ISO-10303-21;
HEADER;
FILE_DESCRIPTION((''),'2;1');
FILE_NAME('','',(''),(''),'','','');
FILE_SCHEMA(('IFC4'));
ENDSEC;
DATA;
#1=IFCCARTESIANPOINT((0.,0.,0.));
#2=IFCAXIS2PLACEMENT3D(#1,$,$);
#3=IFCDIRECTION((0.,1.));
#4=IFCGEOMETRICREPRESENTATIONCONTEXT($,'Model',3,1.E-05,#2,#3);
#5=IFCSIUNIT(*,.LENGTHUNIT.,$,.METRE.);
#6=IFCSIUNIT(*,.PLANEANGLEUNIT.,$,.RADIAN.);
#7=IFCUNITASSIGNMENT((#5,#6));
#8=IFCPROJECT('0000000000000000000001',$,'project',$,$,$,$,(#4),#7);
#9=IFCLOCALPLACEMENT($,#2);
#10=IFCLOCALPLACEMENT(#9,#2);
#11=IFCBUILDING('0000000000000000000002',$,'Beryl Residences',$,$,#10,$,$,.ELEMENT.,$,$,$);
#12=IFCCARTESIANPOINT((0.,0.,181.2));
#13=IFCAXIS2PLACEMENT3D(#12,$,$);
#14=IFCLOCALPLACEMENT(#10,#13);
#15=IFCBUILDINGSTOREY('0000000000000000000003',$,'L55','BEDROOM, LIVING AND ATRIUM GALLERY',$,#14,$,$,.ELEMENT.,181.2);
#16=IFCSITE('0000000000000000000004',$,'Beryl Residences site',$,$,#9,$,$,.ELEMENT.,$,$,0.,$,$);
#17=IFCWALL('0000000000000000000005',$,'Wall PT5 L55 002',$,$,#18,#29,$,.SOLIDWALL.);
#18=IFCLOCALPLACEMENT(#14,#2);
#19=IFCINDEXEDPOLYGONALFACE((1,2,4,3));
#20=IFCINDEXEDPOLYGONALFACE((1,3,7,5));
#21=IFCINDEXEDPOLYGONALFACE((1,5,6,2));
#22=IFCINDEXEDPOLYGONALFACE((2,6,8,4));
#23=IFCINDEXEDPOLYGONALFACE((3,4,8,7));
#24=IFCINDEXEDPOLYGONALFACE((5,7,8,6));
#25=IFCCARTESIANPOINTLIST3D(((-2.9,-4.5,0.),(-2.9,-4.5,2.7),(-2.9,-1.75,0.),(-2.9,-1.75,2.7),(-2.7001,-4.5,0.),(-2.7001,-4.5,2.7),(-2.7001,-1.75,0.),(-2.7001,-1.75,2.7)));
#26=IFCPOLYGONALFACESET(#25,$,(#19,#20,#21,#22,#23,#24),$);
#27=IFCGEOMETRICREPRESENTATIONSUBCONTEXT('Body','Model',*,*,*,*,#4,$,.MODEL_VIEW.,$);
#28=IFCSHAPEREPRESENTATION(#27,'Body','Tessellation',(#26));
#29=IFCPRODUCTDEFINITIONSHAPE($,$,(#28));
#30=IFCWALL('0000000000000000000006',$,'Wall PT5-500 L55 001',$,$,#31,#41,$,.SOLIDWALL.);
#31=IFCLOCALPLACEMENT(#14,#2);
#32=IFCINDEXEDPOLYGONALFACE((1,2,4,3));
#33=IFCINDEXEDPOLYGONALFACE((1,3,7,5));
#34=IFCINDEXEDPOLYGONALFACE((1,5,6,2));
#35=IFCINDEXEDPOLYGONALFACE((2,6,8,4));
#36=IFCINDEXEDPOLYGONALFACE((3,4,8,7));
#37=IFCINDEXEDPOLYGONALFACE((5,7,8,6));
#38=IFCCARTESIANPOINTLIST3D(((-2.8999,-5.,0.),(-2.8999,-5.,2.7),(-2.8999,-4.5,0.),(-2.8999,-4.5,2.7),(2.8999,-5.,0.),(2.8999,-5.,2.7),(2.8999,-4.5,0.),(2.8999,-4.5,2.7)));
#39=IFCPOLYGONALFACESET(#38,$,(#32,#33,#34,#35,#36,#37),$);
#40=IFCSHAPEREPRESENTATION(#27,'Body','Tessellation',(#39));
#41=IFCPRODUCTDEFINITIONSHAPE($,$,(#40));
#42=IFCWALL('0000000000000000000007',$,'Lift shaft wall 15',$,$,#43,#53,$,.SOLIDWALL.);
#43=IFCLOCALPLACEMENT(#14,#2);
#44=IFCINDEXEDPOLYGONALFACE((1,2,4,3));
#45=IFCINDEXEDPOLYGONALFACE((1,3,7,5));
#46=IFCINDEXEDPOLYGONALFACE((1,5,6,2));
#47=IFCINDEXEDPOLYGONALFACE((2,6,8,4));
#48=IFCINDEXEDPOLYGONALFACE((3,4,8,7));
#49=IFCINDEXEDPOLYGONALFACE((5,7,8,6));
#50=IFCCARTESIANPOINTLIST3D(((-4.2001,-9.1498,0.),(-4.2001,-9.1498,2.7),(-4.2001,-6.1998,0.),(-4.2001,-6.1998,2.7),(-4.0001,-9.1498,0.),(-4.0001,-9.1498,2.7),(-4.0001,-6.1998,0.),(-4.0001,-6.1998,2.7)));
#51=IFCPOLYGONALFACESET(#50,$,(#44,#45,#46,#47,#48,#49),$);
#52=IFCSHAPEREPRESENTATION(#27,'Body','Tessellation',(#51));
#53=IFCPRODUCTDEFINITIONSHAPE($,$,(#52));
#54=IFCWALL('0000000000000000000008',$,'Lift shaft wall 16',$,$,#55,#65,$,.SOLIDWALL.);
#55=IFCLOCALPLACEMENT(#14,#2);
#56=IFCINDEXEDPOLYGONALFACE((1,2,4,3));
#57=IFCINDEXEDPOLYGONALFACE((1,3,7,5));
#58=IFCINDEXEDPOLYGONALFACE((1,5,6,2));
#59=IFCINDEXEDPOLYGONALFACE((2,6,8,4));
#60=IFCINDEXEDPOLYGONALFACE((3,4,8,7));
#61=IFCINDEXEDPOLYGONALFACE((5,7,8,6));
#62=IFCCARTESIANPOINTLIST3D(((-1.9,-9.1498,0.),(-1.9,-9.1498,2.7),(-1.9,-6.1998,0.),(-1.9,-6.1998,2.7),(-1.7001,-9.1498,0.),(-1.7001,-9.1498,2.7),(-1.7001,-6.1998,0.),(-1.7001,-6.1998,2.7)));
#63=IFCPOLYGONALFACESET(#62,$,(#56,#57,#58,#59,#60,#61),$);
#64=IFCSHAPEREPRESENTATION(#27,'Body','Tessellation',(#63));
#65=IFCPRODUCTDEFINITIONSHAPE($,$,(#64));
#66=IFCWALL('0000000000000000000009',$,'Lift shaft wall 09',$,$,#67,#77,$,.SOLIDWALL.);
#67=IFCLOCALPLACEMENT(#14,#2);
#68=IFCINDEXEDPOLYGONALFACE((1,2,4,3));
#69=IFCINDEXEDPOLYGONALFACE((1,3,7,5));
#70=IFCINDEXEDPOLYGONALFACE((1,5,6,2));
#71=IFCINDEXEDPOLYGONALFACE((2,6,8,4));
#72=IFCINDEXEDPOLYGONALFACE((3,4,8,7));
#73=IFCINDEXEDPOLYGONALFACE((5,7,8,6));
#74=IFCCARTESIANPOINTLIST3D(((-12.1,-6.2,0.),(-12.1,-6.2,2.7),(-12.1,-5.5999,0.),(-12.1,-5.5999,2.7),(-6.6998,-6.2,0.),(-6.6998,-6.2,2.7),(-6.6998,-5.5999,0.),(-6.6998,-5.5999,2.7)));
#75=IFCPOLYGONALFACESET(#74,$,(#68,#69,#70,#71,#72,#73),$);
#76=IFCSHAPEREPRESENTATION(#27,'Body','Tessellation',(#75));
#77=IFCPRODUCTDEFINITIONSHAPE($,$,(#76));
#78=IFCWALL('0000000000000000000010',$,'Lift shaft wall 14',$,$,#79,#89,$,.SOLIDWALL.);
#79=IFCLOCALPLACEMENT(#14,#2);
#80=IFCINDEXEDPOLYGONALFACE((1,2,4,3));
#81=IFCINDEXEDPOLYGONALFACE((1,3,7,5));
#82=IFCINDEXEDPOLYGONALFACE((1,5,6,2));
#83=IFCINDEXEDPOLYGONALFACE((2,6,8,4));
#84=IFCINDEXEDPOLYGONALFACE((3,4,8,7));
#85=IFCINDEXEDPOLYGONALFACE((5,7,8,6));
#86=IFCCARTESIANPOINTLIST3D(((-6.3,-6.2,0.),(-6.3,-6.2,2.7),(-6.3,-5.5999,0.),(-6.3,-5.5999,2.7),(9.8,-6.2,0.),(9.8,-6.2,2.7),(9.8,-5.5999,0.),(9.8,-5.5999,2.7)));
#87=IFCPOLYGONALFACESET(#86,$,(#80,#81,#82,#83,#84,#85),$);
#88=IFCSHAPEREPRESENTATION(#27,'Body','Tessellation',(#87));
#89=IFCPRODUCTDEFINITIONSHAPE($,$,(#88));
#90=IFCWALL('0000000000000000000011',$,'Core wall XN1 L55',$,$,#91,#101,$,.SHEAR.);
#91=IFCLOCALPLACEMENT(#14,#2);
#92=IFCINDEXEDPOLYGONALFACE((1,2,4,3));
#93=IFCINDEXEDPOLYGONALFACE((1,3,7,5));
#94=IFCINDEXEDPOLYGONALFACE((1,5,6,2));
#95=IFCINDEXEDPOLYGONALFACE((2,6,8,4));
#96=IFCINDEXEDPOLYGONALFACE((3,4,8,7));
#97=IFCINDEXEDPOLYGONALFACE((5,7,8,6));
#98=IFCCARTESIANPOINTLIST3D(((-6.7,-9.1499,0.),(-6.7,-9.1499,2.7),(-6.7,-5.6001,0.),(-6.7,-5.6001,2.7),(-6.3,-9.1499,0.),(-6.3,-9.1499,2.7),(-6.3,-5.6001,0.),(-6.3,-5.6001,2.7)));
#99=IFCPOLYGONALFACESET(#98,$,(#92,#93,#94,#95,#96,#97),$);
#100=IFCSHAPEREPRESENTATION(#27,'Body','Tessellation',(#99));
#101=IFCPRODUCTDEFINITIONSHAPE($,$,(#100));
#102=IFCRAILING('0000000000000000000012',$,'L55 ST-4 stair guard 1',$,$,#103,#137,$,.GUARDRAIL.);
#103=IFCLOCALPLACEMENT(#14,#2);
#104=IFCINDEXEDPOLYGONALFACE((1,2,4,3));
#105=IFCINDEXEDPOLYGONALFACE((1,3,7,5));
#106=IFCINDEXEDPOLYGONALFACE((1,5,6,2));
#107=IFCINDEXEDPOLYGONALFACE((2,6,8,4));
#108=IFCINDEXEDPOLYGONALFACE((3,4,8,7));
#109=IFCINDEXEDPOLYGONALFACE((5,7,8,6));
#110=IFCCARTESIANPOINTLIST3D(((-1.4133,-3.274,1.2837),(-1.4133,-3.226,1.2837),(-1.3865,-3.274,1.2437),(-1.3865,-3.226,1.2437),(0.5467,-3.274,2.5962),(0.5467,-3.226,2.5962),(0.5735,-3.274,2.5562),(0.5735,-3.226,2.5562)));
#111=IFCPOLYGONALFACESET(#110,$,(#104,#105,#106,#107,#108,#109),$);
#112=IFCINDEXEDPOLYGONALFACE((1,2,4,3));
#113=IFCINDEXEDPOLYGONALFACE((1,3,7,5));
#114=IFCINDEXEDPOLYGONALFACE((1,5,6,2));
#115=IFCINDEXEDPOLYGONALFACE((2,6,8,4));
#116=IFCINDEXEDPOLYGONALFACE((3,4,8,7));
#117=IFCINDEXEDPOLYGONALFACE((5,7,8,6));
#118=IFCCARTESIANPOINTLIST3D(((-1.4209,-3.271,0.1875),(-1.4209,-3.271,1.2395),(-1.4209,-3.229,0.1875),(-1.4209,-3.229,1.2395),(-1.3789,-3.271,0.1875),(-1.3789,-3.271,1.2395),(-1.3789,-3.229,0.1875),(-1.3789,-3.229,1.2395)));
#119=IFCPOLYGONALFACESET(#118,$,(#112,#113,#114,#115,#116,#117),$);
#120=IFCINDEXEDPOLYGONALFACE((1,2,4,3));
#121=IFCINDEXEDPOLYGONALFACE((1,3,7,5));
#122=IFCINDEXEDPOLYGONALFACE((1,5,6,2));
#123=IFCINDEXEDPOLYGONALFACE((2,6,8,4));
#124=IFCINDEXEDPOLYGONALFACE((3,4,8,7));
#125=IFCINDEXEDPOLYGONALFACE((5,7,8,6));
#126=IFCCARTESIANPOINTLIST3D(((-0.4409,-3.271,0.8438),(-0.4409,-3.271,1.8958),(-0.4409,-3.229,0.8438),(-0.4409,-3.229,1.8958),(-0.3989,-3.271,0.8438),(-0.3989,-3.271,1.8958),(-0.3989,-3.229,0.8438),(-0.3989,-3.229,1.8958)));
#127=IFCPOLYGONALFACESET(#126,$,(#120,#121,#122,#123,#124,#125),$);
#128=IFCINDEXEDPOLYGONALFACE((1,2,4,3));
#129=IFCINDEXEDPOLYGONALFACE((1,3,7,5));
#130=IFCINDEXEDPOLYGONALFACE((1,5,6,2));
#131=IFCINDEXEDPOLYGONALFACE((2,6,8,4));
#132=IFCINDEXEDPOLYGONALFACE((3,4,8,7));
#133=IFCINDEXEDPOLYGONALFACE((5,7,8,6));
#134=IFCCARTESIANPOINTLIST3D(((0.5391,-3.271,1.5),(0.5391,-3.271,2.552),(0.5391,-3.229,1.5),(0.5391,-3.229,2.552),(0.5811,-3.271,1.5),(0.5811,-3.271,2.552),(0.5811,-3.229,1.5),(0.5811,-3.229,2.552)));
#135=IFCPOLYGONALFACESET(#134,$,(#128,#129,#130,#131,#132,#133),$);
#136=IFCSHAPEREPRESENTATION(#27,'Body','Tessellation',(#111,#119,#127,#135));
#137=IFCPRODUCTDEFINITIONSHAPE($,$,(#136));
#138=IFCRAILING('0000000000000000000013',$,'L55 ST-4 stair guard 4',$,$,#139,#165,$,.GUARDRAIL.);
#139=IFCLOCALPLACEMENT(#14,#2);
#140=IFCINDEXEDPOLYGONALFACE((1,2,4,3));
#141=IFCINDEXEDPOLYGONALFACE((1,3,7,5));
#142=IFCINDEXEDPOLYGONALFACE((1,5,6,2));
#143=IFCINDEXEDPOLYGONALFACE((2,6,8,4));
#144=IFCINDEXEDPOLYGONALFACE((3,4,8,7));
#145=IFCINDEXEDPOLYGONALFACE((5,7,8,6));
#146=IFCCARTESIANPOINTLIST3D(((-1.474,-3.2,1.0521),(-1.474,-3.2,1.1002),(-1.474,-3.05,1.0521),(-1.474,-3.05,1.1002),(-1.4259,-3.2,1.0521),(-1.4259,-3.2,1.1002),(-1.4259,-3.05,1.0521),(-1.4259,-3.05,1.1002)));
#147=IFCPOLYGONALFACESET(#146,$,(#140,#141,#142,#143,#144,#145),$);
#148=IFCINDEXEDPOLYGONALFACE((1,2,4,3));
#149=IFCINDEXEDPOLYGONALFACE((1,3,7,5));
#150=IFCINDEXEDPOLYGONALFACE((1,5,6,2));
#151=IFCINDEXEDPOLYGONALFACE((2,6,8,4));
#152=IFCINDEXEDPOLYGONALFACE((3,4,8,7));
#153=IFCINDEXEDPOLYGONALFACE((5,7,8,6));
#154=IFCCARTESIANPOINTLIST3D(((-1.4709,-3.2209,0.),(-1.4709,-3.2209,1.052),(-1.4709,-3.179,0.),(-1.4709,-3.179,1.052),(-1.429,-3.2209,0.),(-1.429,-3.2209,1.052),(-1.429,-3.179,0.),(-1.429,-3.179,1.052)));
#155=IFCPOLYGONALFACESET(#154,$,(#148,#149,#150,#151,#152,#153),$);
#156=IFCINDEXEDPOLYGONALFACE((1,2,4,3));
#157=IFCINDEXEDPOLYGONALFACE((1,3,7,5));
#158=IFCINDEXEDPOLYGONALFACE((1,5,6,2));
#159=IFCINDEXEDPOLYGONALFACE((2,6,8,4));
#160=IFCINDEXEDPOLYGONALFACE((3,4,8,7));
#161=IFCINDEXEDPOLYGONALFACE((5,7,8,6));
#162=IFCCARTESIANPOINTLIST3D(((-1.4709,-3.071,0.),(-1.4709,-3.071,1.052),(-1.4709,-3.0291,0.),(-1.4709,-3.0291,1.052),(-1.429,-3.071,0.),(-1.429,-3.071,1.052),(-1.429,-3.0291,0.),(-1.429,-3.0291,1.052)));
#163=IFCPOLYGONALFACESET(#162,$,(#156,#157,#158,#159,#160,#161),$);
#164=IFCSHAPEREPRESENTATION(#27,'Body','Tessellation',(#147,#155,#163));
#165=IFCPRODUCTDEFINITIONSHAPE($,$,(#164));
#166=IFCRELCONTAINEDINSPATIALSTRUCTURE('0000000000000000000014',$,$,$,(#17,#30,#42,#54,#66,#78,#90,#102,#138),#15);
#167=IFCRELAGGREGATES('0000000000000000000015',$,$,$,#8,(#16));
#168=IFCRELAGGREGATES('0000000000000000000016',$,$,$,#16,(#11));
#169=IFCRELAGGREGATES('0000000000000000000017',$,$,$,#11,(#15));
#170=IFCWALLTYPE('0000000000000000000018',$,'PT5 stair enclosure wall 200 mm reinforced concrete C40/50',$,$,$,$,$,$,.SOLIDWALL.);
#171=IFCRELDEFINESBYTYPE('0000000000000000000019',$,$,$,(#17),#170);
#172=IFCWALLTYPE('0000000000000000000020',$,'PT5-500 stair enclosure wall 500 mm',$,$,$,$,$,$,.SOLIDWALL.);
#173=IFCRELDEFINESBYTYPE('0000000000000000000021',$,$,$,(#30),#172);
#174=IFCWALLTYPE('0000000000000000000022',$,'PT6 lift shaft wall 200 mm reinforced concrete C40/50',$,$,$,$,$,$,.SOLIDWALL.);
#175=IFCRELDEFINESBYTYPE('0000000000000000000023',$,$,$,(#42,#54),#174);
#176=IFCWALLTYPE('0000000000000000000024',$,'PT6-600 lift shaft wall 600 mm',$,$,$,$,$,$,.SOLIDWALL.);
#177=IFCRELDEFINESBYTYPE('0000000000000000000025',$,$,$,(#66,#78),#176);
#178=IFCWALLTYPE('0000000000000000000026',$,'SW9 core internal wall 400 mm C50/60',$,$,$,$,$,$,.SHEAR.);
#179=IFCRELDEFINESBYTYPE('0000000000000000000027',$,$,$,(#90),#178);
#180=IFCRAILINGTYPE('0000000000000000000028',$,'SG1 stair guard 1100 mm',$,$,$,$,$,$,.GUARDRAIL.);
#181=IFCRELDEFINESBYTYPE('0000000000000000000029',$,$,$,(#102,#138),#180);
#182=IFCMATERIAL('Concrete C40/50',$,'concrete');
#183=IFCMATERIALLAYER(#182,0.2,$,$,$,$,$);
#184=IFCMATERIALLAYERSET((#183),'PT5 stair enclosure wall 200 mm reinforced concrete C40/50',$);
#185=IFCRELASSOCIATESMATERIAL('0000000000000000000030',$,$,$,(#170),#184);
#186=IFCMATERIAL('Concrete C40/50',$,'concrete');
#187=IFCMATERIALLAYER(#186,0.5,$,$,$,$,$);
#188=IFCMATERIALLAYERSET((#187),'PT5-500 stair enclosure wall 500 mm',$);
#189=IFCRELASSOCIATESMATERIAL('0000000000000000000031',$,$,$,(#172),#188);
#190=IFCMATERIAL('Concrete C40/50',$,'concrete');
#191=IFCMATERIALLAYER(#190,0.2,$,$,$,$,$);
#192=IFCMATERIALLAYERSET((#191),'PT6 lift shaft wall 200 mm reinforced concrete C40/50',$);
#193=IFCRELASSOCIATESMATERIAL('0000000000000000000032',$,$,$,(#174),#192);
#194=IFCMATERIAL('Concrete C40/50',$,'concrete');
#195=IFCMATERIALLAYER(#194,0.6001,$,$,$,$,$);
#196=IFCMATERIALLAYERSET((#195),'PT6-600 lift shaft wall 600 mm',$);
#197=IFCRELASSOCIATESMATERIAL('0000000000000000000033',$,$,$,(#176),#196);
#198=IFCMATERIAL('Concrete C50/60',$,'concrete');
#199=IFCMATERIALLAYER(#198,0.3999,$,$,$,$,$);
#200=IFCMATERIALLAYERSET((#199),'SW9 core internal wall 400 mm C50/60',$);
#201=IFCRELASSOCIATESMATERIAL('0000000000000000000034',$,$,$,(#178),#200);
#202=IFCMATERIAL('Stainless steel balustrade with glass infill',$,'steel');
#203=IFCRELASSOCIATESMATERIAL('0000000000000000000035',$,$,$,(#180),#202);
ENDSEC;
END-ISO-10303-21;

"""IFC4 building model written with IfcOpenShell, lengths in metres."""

from ifc_helpers import new_model, si_unit, direction, frame, frame_2d, origin, origin_2d, place, context, subcontext, project, spatial, rectangle, extrude, material, layer, layer_set, type_object, element, save


model = new_model("IFC4")

# Units and contexts
model_context = context("Model", 3, precision=1e-05, world=origin(), true_north=direction((0.0, 1.0)))
body_context = subcontext(model_context, "Body", "Model", "MODEL_VIEW")
ifc_project = project(units=[si_unit("LENGTHUNIT", "METRE"), si_unit("PLANEANGLEUNIT", "RADIAN")], contexts=[model_context])

# Site, building, storey
site_placement = place(None, origin())
site = spatial("IfcSite", under=ifc_project, at=site_placement, Name="Beryl Residences site", CompositionType="ELEMENT", RefElevation=0.0)
building_placement = place(site_placement, origin())
building = spatial("IfcBuilding", under=site, at=building_placement, Name="Beryl Residences", CompositionType="ELEMENT")
storey_placement = place(building_placement, frame((0.0, 0.0, 181.2)))
storey = spatial("IfcBuildingStorey", under=building, at=storey_placement, Name="L55", Description="BEDROOM, LIVING AND ATRIUM GALLERY", CompositionType="ELEMENT", Elevation=181.2)

# Walls
ifc_material_1 = material(Name="Concrete C40/50", Category="concrete")
ifc_layer_1 = layer(ifc_material_1, 0.2)
ifc_layer_set_1 = layer_set([ifc_layer_1], Name="PT5 stair enclosure wall 200 mm reinforced concrete C40/50")
wall_type_1 = type_object("IfcWallType", Name="PT5 stair enclosure wall 200 mm reinforced concrete C40/50", PredefinedType="SOLIDWALL", material=ifc_layer_set_1)
wall_1_placement = place(storey_placement, frame((-2.8, -4.5, 0.0), z_axis=(0.0, 0.0, 1.0), x_axis=(0.0, 1.0, 0.0)))
element("IfcWall", 1, at=wall_1_placement, inside=storey, type_object=wall_type_1, Name="Wall PT5 L55 002", PredefinedType="SOLIDWALL", context=body_context, shape_type="SweptSolid", body=[
    extrude(rectangle(XDim=2.75, YDim=0.2, at=frame_2d((1.375, 0.0))), origin(), (0.0, 0.0, 1.0), 2.7),
])
ifc_material_2 = material(Name="Concrete C40/50", Category="concrete")
ifc_layer_2 = layer(ifc_material_2, 0.5)
ifc_layer_set_2 = layer_set([ifc_layer_2], Name="PT5-500 stair enclosure wall 500 mm")
wall_type_2 = type_object("IfcWallType", Name="PT5-500 stair enclosure wall 500 mm", PredefinedType="SOLIDWALL", material=ifc_layer_set_2)
wall_2_placement = place(storey_placement, frame((-2.8999, -4.75, 0.0), z_axis=(0.0, 0.0, 1.0), x_axis=(1.0, 0.0, 0.0)))
element("IfcWall", 2, at=wall_2_placement, inside=storey, type_object=wall_type_2, Name="Wall PT5-500 L55 001", PredefinedType="SOLIDWALL", context=body_context, shape_type="SweptSolid", body=[
    extrude(rectangle(XDim=5.7998, YDim=0.5, at=frame_2d((2.8999, 0.0))), origin(), (0.0, 0.0, 1.0), 2.7),
])
ifc_material_3 = material(Name="Concrete C40/50", Category="concrete")
ifc_layer_3 = layer(ifc_material_3, 0.2)
ifc_layer_set_3 = layer_set([ifc_layer_3], Name="PT6 lift shaft wall 200 mm reinforced concrete C40/50")
wall_type_3 = type_object("IfcWallType", Name="PT6 lift shaft wall 200 mm reinforced concrete C40/50", PredefinedType="SOLIDWALL", material=ifc_layer_set_3)
for number, where, z_axis, x_axis, name in (
    (3, (-4.1001, -9.1499, 0.0), (0.0, 0.0, 1.0), (0.0, 1.0, 0.0), "Lift shaft wall 15"),
    (4, (-1.8, -9.1499, 0.0), (0.0, 0.0, 1.0), (0.0, 1.0, 0.0), "Lift shaft wall 16"),
):
    element("IfcWall", number, at=place(storey_placement, frame(where, z_axis=z_axis, x_axis=x_axis)), inside=storey, type_object=wall_type_3, Name=name, PredefinedType="SOLIDWALL", context=body_context, shape_type="SweptSolid", body=[
        extrude(rectangle(XDim=2.95, YDim=0.2, at=frame_2d((1.4751, 0.0))), origin(), (0.0, 0.0, 1.0), 2.7),
    ])
ifc_material_4 = material(Name="Concrete C40/50", Category="concrete")
ifc_layer_4 = layer(ifc_material_4, 0.6001)
ifc_layer_set_4 = layer_set([ifc_layer_4], Name="PT6-600 lift shaft wall 600 mm")
wall_type_4 = type_object("IfcWallType", Name="PT6-600 lift shaft wall 600 mm", PredefinedType="SOLIDWALL", material=ifc_layer_set_4)
wall_3_placement = place(storey_placement, frame((-12.1001, -5.8999, 0.0), z_axis=(0.0, 0.0, 1.0), x_axis=(1.0, 0.0, 0.0)))
element("IfcWall", 5, at=wall_3_placement, inside=storey, type_object=wall_type_4, Name="Lift shaft wall 09", PredefinedType="SOLIDWALL", context=body_context, shape_type="SweptSolid", body=[
    extrude(rectangle(XDim=5.4001, YDim=0.6001, at=frame_2d((2.7002, 0.0))), origin(), (0.0, 0.0, 1.0), 2.7),
])
wall_4_placement = place(storey_placement, frame((-6.3, -5.8999, 0.0), z_axis=(0.0, 0.0, 1.0), x_axis=(1.0, 0.0, 0.0)))
element("IfcWall", 6, at=wall_4_placement, inside=storey, type_object=wall_type_4, Name="Lift shaft wall 14", PredefinedType="SOLIDWALL", context=body_context, shape_type="SweptSolid", body=[
    extrude(rectangle(XDim=16.1001, YDim=0.6001, at=frame_2d((8.05, 0.0))), origin(), (0.0, 0.0, 1.0), 2.7),
])
ifc_material_5 = material(Name="Concrete C50/60", Category="concrete")
ifc_layer_5 = layer(ifc_material_5, 0.3999)
ifc_layer_set_5 = layer_set([ifc_layer_5], Name="SW9 core internal wall 400 mm C50/60")
wall_type_5 = type_object("IfcWallType", Name="SW9 core internal wall 400 mm C50/60", PredefinedType="SHEAR", material=ifc_layer_set_5)
wall_5_placement = place(storey_placement, frame((-6.5, -9.1499, 0.0), z_axis=(0.0, 0.0, 1.0), x_axis=(0.0, 1.0, 0.0)))
element("IfcWall", 7, at=wall_5_placement, inside=storey, type_object=wall_type_5, Name="Core wall XN1 L55", PredefinedType="SHEAR", context=body_context, shape_type="SweptSolid", body=[
    extrude(rectangle(XDim=3.5498, YDim=0.3999, at=frame_2d((1.7749, 0.0))), origin(), (0.0, 0.0, 1.0), 2.7),
])

# Railings
ifc_material_6 = material(Name="Stainless steel balustrade with glass infill", Category="steel")
railing_type_1 = type_object("IfcRailingType", Name="SG1 stair guard 1100 mm", PredefinedType="GUARDRAIL", material=ifc_material_6)
railing_1_placement = place(storey_placement, frame((-1.3999, -3.25, 0.1875)))
element("IfcRailing", 8, at=railing_1_placement, inside=storey, type_object=railing_type_1, Name="L55 ST-4 stair guard 1", PredefinedType="GUARDRAIL", context=body_context, shape_type="SweptSolid", body=[
    extrude(rectangle(XDim=0.0481, YDim=0.0481, at=origin_2d()), frame((0.0, 0.0, 1.0762), z_axis=(0.830902, 0.0, 0.556419), x_axis=(0.0, 1.0, 0.0)), (0.0, 0.0, 1.0), 2.3589),
    extrude(rectangle(XDim=0.042, YDim=0.042, at=origin_2d()), origin(), (0.0, 0.0, 1.0), 1.052),
    extrude(rectangle(XDim=0.042, YDim=0.042, at=origin_2d()), frame((0.98, 0.0, 0.6562)), (0.0, 0.0, 1.0), 1.052),
    extrude(rectangle(XDim=0.042, YDim=0.042, at=origin_2d()), frame((1.96, 0.0, 1.3125)), (0.0, 0.0, 1.0), 1.052),
])
railing_2_placement = place(storey_placement, frame((-1.45, -3.2, 0.0)))
element("IfcRailing", 9, at=railing_2_placement, inside=storey, type_object=railing_type_1, Name="L55 ST-4 stair guard 4", PredefinedType="GUARDRAIL", context=body_context, shape_type="SweptSolid", body=[
    extrude(rectangle(XDim=0.0481, YDim=0.0481, at=origin_2d()), frame((0.0, 0.0, 1.0762), z_axis=(0.0, 1.0, 0.0), x_axis=(-1.0, 0.0, 0.0)), (0.0, 0.0, 1.0), 0.1499),
    extrude(rectangle(XDim=0.042, YDim=0.042, at=origin_2d()), origin(), (0.0, 0.0, 1.0), 1.052),
    extrude(rectangle(XDim=0.042, YDim=0.042, at=origin_2d()), frame((0.0, 0.1499, 0.0)), (0.0, 0.0, 1.0), 1.052),
])

save(model, "model.ifc")
